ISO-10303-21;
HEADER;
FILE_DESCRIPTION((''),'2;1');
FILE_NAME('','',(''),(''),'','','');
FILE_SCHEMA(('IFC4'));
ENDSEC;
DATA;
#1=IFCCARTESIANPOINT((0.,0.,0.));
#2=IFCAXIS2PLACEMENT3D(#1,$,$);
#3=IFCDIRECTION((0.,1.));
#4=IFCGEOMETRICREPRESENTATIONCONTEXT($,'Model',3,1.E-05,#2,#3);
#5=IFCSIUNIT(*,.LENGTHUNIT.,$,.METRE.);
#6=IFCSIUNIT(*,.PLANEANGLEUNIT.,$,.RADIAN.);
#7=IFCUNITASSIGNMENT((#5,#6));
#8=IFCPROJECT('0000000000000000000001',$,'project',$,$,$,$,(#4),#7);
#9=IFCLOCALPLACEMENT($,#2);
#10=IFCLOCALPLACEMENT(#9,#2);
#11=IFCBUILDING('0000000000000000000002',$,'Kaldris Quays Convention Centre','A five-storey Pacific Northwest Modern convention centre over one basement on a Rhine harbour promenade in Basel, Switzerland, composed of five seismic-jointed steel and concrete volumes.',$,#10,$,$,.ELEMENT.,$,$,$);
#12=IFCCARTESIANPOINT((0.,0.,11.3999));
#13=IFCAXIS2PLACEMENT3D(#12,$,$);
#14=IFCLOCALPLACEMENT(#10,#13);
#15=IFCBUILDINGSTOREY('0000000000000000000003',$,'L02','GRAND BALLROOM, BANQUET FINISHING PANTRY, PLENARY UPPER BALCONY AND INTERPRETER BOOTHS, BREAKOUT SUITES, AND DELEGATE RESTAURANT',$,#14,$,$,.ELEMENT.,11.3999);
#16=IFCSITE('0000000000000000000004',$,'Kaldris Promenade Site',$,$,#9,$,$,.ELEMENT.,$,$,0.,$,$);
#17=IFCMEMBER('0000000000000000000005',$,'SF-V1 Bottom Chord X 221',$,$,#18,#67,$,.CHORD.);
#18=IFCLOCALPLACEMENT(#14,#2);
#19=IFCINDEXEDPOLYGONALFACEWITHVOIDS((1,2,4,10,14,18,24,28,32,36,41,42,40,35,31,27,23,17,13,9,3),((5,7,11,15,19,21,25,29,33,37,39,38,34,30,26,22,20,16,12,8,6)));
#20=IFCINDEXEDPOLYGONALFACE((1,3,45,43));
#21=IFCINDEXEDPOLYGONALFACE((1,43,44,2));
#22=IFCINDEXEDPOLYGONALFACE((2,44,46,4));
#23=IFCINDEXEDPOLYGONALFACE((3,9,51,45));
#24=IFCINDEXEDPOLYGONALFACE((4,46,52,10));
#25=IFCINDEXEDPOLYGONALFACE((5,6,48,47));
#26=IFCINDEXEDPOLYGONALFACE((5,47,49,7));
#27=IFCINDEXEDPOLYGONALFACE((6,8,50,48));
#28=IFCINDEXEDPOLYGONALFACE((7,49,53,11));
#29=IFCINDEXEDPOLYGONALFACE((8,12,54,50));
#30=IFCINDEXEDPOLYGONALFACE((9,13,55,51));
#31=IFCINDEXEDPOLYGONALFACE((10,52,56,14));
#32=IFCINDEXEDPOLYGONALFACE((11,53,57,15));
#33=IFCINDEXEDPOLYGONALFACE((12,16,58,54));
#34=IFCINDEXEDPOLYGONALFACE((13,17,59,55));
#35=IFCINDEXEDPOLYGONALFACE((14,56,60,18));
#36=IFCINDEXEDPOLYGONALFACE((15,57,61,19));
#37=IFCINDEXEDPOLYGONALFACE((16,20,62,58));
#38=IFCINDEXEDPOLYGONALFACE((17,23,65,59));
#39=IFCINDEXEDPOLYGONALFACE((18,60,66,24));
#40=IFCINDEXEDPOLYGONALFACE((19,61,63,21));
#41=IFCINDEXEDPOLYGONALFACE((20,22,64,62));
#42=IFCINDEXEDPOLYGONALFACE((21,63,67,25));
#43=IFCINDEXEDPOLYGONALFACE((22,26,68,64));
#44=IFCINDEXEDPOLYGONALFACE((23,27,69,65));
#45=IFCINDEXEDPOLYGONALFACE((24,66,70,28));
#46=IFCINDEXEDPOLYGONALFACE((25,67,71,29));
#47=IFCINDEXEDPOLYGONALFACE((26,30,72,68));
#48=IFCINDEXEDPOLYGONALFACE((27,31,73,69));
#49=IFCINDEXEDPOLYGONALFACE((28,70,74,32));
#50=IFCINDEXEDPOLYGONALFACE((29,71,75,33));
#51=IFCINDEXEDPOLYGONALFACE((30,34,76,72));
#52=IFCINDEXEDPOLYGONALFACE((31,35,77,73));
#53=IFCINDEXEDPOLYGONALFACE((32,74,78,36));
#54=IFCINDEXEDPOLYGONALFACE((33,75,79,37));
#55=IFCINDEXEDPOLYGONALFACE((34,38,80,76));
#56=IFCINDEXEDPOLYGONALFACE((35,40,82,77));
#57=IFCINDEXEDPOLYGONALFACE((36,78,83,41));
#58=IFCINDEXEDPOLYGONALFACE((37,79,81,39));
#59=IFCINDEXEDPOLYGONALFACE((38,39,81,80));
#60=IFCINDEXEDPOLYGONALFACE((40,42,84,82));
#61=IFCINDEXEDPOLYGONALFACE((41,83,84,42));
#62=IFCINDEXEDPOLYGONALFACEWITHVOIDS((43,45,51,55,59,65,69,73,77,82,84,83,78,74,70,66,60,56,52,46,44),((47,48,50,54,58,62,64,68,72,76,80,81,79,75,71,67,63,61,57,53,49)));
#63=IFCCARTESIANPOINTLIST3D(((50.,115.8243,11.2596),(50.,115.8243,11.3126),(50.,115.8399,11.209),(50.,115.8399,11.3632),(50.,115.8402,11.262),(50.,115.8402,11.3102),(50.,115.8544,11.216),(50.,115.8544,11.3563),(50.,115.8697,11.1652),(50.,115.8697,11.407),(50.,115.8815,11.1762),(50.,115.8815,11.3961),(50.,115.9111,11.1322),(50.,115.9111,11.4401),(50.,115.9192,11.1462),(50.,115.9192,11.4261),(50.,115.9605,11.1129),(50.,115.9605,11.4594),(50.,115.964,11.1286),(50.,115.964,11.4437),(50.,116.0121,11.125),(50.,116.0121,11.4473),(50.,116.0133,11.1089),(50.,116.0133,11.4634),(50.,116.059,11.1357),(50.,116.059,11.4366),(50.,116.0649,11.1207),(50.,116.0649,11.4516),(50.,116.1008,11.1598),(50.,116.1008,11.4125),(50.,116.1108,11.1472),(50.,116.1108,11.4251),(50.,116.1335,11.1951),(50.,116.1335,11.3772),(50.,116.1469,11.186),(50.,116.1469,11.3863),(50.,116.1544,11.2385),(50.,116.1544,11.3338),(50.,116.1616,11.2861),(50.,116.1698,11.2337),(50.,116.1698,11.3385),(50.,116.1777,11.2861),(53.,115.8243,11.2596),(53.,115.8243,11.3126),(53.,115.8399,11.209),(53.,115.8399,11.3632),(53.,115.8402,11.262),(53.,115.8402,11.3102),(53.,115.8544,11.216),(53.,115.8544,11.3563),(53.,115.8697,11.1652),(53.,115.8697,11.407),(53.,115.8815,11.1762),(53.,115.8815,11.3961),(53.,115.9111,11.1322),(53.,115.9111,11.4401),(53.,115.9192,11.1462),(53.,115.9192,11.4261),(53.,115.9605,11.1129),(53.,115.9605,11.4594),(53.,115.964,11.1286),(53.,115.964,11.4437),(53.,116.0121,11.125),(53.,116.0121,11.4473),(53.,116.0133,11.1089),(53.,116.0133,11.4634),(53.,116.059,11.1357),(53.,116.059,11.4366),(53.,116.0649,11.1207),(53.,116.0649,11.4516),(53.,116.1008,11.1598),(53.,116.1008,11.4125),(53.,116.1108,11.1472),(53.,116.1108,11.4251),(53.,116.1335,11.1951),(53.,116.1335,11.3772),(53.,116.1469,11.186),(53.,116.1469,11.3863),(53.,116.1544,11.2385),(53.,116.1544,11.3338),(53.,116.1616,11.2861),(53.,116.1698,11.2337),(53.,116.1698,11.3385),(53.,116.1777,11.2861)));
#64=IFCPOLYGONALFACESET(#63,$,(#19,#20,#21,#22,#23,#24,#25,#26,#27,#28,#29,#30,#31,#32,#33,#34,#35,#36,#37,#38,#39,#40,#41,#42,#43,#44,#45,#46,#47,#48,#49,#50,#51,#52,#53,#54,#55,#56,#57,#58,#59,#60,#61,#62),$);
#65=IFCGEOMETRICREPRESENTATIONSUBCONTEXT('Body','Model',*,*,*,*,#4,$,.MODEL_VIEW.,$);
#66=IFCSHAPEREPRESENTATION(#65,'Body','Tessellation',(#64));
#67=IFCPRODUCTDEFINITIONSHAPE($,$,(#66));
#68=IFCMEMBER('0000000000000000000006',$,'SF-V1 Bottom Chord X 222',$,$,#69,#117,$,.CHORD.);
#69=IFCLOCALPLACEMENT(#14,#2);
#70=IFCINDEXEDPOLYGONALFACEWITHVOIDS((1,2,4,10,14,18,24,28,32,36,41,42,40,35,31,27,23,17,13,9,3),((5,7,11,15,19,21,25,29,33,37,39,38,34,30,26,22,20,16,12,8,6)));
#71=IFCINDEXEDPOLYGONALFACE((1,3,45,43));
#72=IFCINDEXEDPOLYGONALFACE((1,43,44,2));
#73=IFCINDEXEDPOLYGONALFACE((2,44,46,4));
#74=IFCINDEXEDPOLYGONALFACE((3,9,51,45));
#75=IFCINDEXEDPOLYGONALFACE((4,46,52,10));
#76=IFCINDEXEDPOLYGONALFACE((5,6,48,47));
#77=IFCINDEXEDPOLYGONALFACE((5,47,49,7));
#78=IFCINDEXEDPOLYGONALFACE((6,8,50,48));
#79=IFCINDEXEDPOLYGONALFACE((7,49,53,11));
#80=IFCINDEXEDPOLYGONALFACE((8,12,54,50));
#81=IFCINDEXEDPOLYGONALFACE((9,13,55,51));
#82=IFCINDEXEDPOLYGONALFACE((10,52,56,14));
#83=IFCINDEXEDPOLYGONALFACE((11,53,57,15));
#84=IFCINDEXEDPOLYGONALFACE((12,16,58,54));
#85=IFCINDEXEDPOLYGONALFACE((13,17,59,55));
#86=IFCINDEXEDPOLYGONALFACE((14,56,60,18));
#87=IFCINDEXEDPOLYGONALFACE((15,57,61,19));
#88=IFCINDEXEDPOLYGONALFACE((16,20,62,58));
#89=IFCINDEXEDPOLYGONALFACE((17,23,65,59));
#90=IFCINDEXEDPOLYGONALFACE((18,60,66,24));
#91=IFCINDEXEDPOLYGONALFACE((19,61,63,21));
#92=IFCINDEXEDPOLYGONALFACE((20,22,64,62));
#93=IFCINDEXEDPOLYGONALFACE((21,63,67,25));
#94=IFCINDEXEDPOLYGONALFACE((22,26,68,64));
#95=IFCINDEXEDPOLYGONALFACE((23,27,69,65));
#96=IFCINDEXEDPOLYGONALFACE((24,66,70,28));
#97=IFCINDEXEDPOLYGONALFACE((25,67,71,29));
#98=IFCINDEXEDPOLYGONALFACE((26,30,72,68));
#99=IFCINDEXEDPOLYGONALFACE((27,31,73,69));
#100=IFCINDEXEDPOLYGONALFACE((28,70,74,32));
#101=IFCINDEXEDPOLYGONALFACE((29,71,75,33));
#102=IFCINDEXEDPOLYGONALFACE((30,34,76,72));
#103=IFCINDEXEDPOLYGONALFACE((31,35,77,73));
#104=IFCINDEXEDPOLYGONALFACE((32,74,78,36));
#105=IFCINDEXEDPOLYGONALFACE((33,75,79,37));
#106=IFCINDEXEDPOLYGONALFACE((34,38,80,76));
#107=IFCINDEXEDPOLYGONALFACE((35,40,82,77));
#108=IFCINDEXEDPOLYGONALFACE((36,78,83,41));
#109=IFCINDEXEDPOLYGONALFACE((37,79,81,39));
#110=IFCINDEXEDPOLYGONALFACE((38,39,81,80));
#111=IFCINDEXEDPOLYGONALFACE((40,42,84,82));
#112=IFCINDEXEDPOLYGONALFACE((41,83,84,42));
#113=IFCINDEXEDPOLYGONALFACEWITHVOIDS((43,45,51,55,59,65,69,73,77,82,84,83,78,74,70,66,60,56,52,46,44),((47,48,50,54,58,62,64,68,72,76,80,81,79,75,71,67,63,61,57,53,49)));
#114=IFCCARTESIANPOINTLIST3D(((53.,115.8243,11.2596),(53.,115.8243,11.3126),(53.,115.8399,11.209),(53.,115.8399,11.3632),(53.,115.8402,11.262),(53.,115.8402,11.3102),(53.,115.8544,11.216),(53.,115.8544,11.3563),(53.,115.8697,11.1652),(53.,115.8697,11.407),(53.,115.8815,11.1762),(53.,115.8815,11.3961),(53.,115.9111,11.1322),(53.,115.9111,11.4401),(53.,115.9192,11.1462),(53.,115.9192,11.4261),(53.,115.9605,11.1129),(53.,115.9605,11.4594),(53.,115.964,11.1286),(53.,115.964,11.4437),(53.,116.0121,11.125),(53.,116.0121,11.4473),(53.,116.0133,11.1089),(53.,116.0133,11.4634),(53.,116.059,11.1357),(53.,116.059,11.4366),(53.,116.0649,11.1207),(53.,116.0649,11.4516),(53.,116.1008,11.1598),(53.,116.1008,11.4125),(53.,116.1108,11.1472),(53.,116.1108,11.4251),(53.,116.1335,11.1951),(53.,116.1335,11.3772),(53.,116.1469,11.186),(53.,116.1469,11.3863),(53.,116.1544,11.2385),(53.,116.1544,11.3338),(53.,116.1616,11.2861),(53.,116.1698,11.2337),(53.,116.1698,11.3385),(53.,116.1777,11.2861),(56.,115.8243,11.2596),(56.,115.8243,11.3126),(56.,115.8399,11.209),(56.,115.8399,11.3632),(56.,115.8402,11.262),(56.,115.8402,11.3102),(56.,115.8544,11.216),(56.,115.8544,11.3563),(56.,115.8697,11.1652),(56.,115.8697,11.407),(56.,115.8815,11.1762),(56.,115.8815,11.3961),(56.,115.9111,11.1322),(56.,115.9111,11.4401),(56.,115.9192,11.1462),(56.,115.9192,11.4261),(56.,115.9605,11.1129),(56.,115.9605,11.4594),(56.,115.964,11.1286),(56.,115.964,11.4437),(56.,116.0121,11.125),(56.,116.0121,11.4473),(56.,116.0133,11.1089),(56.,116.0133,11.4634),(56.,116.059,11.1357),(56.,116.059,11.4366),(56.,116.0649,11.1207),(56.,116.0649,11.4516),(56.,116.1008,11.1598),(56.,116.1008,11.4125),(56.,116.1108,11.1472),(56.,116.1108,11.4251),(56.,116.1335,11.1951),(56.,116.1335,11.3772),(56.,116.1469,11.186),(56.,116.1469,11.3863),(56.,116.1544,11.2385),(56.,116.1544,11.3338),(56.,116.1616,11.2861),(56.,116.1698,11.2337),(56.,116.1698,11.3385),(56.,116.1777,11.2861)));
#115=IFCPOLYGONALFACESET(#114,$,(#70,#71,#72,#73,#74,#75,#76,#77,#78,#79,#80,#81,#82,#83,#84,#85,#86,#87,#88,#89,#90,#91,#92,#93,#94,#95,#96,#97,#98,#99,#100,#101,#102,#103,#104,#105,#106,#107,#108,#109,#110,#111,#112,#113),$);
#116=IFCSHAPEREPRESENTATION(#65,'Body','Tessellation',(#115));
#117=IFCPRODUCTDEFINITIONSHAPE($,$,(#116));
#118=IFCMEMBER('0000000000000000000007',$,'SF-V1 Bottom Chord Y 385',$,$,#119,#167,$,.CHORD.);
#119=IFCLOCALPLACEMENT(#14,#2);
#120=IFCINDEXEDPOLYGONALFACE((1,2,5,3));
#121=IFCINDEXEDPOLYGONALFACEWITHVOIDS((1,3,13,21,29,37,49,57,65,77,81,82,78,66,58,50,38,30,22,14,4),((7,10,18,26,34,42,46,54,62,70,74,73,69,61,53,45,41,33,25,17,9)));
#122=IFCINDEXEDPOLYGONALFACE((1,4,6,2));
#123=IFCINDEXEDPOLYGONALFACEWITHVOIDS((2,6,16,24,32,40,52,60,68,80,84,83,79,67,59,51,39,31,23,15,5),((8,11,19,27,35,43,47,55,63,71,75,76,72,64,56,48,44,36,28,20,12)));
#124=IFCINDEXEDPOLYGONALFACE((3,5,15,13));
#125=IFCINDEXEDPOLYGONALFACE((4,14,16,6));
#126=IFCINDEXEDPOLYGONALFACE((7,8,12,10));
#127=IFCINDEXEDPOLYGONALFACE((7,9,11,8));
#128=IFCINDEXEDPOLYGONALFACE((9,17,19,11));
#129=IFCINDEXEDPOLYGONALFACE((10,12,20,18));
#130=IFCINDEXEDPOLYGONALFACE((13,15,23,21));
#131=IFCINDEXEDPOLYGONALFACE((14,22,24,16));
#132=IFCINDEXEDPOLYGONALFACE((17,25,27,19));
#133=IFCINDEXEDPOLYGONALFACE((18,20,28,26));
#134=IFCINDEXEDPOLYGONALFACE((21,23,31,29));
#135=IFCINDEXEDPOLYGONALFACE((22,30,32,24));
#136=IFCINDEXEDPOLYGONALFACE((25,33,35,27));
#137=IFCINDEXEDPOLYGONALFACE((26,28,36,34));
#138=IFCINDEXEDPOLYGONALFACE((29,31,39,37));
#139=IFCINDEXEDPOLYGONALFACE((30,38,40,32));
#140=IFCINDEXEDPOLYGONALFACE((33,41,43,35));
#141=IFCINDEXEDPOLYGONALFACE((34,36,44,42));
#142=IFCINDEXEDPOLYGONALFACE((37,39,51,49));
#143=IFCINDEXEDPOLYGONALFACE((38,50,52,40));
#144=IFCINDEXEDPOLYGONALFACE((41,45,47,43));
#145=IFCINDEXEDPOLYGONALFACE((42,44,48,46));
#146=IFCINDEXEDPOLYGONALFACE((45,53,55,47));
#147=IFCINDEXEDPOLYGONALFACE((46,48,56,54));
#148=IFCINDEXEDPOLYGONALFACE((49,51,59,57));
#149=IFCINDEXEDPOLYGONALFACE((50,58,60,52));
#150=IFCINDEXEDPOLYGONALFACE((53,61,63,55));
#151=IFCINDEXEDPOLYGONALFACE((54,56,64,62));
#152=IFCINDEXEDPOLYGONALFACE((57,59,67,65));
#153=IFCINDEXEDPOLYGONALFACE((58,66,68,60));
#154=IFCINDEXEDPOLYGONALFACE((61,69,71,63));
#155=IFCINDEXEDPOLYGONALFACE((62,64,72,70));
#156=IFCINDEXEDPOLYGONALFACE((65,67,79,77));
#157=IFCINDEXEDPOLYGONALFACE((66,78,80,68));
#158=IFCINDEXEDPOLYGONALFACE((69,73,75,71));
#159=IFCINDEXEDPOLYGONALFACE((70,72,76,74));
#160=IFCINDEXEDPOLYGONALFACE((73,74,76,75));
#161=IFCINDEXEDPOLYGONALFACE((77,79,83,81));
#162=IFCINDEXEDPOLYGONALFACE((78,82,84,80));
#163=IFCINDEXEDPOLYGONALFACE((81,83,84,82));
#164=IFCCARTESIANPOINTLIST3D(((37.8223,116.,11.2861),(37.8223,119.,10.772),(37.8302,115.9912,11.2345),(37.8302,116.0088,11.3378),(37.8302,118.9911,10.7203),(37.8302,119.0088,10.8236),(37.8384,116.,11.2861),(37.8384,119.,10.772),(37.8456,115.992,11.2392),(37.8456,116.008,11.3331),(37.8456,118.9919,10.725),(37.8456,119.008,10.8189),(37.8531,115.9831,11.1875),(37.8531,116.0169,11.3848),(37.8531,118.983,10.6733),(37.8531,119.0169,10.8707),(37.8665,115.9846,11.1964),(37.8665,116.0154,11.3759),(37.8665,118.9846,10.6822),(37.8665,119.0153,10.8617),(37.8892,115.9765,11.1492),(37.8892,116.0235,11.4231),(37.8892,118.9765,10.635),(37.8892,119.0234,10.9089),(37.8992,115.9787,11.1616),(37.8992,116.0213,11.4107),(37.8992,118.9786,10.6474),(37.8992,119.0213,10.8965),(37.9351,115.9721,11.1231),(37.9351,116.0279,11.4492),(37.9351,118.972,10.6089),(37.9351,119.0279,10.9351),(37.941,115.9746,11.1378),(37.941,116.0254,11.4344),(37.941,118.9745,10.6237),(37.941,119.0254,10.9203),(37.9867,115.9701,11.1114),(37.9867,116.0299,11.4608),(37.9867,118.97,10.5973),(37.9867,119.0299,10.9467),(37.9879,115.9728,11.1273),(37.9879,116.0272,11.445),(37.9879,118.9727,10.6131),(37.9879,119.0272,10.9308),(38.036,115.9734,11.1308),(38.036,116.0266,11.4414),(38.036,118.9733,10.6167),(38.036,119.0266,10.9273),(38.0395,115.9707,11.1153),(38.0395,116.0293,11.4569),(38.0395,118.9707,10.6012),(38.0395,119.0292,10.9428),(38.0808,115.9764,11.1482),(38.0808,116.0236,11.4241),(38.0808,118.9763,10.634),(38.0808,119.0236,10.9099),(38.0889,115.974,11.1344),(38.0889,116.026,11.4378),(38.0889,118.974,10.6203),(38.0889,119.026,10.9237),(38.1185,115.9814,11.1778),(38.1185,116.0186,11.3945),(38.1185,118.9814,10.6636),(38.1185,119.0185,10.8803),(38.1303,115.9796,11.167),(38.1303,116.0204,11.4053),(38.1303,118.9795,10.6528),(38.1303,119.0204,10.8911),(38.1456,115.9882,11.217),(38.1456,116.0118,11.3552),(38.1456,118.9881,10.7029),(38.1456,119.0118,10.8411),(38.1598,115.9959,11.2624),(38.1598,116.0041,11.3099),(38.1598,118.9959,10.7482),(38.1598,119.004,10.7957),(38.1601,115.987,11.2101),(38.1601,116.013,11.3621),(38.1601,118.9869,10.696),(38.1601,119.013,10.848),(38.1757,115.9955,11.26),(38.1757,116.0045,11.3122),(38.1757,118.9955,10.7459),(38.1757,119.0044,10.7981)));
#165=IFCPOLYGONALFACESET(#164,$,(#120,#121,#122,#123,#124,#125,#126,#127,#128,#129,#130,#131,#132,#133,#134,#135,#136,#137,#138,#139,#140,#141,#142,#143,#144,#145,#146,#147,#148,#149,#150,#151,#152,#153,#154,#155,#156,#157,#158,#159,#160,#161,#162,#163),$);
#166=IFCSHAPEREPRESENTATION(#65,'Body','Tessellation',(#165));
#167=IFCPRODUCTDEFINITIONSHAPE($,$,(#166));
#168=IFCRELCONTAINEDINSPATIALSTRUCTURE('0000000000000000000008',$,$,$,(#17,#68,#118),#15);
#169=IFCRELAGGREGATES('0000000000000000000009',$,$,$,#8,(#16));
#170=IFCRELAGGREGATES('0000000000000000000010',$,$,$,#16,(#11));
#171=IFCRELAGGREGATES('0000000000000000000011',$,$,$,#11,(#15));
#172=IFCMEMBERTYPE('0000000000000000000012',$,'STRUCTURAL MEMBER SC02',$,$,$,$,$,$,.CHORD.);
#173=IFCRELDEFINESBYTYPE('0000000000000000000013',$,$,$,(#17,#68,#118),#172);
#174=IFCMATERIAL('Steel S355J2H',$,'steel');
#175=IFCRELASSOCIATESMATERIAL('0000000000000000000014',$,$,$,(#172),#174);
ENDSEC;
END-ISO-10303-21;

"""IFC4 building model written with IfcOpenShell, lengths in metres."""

from ifc_helpers import new_model, si_unit, direction, frame, origin, origin_2d, place, context, subcontext, project, spatial, hollow_circle, extrude, material, material_profile, profile_set, type_object, element, save


model = new_model("IFC4")

# Units and contexts
model_context = context("Model", 3, precision=1e-05, world=origin(), true_north=direction((0.0, 1.0)))
body_context = subcontext(model_context, "Body", "Model", "MODEL_VIEW")
ifc_project = project(units=[si_unit("LENGTHUNIT", "METRE"), si_unit("PLANEANGLEUNIT", "RADIAN")], contexts=[model_context])

# Site, building, storey
site_placement = place(None, origin())
site = spatial("IfcSite", under=ifc_project, at=site_placement, Name="Kaldris Promenade Site", CompositionType="ELEMENT", RefElevation=0.0)
building_placement = place(site_placement, origin())
building = spatial("IfcBuilding", under=site, at=building_placement, Name="Kaldris Quays Convention Centre", Description="A five-storey Pacific Northwest Modern convention centre over one basement on a Rhine harbour promenade in Basel, Switzerland, composed of five seismic-jointed steel and concrete volumes.", CompositionType="ELEMENT")
storey_placement = place(building_placement, frame((0.0, 0.0, 11.3999)))
storey = spatial("IfcBuildingStorey", under=building, at=storey_placement, Name="L02", Description="GRAND BALLROOM, BANQUET FINISHING PANTRY, PLENARY UPPER BALCONY AND INTERPRETER BOOTHS, BREAKOUT SUITES, AND DELEGATE RESTAURANT", CompositionType="ELEMENT", Elevation=11.3999)

# Members
ifc_material = material(Name="Steel S355J2H", Category="steel")
ifc_material_profile_1 = material_profile(ifc_material, hollow_circle(Radius=0.1777, WallThickness=0.0161, at=origin_2d()), Name="CHS 355.6x16")
ifc_profile_set_1 = profile_set([ifc_material_profile_1], Name="Steel S355J2H")
member_type_1 = type_object("IfcMemberType", Name="STRUCTURAL MEMBER SC02", PredefinedType="CHORD", material=ifc_profile_set_1)
for number, where, z_axis, x_axis, name in (
    (1, (50.0, 116.0, 11.2861), (1.0, 0.0, 0.0), (0.0, 1.0, 0.0), "SF-V1 Bottom Chord X 221"),
    (2, (53.0, 116.0, 11.2861), (1.0, 0.0, 0.0), (0.0, 1.0, 0.0), "SF-V1 Bottom Chord X 222"),
):
    element("IfcMember", number, at=place(storey_placement, frame(where, z_axis=z_axis, x_axis=x_axis)), inside=storey, type_object=member_type_1, Name=name, PredefinedType="CHORD", context=body_context, shape_type="SweptSolid", body=[
        extrude(hollow_circle(Radius=0.1777, WallThickness=0.0161, at=origin_2d()), origin(), (0.0, 0.0, 1.0), 3.0),
    ])
for number, where, z_axis, x_axis, name in (
    (3, (38.0, 116.0, 11.2861), (0.0, 0.985629, -0.168924), (-1.0, 0.0, 0.0), "SF-V1 Bottom Chord Y 385"),
):
    element("IfcMember", number, at=place(storey_placement, frame(where, z_axis=z_axis, x_axis=x_axis)), inside=storey, type_object=member_type_1, Name=name, PredefinedType="CHORD", context=body_context, shape_type="SweptSolid", body=[
        extrude(hollow_circle(Radius=0.1777, WallThickness=0.0161, at=origin_2d()), origin(), (0.0, 0.0, 1.0), 3.0437),
    ])

save(model, "model.ifc")
